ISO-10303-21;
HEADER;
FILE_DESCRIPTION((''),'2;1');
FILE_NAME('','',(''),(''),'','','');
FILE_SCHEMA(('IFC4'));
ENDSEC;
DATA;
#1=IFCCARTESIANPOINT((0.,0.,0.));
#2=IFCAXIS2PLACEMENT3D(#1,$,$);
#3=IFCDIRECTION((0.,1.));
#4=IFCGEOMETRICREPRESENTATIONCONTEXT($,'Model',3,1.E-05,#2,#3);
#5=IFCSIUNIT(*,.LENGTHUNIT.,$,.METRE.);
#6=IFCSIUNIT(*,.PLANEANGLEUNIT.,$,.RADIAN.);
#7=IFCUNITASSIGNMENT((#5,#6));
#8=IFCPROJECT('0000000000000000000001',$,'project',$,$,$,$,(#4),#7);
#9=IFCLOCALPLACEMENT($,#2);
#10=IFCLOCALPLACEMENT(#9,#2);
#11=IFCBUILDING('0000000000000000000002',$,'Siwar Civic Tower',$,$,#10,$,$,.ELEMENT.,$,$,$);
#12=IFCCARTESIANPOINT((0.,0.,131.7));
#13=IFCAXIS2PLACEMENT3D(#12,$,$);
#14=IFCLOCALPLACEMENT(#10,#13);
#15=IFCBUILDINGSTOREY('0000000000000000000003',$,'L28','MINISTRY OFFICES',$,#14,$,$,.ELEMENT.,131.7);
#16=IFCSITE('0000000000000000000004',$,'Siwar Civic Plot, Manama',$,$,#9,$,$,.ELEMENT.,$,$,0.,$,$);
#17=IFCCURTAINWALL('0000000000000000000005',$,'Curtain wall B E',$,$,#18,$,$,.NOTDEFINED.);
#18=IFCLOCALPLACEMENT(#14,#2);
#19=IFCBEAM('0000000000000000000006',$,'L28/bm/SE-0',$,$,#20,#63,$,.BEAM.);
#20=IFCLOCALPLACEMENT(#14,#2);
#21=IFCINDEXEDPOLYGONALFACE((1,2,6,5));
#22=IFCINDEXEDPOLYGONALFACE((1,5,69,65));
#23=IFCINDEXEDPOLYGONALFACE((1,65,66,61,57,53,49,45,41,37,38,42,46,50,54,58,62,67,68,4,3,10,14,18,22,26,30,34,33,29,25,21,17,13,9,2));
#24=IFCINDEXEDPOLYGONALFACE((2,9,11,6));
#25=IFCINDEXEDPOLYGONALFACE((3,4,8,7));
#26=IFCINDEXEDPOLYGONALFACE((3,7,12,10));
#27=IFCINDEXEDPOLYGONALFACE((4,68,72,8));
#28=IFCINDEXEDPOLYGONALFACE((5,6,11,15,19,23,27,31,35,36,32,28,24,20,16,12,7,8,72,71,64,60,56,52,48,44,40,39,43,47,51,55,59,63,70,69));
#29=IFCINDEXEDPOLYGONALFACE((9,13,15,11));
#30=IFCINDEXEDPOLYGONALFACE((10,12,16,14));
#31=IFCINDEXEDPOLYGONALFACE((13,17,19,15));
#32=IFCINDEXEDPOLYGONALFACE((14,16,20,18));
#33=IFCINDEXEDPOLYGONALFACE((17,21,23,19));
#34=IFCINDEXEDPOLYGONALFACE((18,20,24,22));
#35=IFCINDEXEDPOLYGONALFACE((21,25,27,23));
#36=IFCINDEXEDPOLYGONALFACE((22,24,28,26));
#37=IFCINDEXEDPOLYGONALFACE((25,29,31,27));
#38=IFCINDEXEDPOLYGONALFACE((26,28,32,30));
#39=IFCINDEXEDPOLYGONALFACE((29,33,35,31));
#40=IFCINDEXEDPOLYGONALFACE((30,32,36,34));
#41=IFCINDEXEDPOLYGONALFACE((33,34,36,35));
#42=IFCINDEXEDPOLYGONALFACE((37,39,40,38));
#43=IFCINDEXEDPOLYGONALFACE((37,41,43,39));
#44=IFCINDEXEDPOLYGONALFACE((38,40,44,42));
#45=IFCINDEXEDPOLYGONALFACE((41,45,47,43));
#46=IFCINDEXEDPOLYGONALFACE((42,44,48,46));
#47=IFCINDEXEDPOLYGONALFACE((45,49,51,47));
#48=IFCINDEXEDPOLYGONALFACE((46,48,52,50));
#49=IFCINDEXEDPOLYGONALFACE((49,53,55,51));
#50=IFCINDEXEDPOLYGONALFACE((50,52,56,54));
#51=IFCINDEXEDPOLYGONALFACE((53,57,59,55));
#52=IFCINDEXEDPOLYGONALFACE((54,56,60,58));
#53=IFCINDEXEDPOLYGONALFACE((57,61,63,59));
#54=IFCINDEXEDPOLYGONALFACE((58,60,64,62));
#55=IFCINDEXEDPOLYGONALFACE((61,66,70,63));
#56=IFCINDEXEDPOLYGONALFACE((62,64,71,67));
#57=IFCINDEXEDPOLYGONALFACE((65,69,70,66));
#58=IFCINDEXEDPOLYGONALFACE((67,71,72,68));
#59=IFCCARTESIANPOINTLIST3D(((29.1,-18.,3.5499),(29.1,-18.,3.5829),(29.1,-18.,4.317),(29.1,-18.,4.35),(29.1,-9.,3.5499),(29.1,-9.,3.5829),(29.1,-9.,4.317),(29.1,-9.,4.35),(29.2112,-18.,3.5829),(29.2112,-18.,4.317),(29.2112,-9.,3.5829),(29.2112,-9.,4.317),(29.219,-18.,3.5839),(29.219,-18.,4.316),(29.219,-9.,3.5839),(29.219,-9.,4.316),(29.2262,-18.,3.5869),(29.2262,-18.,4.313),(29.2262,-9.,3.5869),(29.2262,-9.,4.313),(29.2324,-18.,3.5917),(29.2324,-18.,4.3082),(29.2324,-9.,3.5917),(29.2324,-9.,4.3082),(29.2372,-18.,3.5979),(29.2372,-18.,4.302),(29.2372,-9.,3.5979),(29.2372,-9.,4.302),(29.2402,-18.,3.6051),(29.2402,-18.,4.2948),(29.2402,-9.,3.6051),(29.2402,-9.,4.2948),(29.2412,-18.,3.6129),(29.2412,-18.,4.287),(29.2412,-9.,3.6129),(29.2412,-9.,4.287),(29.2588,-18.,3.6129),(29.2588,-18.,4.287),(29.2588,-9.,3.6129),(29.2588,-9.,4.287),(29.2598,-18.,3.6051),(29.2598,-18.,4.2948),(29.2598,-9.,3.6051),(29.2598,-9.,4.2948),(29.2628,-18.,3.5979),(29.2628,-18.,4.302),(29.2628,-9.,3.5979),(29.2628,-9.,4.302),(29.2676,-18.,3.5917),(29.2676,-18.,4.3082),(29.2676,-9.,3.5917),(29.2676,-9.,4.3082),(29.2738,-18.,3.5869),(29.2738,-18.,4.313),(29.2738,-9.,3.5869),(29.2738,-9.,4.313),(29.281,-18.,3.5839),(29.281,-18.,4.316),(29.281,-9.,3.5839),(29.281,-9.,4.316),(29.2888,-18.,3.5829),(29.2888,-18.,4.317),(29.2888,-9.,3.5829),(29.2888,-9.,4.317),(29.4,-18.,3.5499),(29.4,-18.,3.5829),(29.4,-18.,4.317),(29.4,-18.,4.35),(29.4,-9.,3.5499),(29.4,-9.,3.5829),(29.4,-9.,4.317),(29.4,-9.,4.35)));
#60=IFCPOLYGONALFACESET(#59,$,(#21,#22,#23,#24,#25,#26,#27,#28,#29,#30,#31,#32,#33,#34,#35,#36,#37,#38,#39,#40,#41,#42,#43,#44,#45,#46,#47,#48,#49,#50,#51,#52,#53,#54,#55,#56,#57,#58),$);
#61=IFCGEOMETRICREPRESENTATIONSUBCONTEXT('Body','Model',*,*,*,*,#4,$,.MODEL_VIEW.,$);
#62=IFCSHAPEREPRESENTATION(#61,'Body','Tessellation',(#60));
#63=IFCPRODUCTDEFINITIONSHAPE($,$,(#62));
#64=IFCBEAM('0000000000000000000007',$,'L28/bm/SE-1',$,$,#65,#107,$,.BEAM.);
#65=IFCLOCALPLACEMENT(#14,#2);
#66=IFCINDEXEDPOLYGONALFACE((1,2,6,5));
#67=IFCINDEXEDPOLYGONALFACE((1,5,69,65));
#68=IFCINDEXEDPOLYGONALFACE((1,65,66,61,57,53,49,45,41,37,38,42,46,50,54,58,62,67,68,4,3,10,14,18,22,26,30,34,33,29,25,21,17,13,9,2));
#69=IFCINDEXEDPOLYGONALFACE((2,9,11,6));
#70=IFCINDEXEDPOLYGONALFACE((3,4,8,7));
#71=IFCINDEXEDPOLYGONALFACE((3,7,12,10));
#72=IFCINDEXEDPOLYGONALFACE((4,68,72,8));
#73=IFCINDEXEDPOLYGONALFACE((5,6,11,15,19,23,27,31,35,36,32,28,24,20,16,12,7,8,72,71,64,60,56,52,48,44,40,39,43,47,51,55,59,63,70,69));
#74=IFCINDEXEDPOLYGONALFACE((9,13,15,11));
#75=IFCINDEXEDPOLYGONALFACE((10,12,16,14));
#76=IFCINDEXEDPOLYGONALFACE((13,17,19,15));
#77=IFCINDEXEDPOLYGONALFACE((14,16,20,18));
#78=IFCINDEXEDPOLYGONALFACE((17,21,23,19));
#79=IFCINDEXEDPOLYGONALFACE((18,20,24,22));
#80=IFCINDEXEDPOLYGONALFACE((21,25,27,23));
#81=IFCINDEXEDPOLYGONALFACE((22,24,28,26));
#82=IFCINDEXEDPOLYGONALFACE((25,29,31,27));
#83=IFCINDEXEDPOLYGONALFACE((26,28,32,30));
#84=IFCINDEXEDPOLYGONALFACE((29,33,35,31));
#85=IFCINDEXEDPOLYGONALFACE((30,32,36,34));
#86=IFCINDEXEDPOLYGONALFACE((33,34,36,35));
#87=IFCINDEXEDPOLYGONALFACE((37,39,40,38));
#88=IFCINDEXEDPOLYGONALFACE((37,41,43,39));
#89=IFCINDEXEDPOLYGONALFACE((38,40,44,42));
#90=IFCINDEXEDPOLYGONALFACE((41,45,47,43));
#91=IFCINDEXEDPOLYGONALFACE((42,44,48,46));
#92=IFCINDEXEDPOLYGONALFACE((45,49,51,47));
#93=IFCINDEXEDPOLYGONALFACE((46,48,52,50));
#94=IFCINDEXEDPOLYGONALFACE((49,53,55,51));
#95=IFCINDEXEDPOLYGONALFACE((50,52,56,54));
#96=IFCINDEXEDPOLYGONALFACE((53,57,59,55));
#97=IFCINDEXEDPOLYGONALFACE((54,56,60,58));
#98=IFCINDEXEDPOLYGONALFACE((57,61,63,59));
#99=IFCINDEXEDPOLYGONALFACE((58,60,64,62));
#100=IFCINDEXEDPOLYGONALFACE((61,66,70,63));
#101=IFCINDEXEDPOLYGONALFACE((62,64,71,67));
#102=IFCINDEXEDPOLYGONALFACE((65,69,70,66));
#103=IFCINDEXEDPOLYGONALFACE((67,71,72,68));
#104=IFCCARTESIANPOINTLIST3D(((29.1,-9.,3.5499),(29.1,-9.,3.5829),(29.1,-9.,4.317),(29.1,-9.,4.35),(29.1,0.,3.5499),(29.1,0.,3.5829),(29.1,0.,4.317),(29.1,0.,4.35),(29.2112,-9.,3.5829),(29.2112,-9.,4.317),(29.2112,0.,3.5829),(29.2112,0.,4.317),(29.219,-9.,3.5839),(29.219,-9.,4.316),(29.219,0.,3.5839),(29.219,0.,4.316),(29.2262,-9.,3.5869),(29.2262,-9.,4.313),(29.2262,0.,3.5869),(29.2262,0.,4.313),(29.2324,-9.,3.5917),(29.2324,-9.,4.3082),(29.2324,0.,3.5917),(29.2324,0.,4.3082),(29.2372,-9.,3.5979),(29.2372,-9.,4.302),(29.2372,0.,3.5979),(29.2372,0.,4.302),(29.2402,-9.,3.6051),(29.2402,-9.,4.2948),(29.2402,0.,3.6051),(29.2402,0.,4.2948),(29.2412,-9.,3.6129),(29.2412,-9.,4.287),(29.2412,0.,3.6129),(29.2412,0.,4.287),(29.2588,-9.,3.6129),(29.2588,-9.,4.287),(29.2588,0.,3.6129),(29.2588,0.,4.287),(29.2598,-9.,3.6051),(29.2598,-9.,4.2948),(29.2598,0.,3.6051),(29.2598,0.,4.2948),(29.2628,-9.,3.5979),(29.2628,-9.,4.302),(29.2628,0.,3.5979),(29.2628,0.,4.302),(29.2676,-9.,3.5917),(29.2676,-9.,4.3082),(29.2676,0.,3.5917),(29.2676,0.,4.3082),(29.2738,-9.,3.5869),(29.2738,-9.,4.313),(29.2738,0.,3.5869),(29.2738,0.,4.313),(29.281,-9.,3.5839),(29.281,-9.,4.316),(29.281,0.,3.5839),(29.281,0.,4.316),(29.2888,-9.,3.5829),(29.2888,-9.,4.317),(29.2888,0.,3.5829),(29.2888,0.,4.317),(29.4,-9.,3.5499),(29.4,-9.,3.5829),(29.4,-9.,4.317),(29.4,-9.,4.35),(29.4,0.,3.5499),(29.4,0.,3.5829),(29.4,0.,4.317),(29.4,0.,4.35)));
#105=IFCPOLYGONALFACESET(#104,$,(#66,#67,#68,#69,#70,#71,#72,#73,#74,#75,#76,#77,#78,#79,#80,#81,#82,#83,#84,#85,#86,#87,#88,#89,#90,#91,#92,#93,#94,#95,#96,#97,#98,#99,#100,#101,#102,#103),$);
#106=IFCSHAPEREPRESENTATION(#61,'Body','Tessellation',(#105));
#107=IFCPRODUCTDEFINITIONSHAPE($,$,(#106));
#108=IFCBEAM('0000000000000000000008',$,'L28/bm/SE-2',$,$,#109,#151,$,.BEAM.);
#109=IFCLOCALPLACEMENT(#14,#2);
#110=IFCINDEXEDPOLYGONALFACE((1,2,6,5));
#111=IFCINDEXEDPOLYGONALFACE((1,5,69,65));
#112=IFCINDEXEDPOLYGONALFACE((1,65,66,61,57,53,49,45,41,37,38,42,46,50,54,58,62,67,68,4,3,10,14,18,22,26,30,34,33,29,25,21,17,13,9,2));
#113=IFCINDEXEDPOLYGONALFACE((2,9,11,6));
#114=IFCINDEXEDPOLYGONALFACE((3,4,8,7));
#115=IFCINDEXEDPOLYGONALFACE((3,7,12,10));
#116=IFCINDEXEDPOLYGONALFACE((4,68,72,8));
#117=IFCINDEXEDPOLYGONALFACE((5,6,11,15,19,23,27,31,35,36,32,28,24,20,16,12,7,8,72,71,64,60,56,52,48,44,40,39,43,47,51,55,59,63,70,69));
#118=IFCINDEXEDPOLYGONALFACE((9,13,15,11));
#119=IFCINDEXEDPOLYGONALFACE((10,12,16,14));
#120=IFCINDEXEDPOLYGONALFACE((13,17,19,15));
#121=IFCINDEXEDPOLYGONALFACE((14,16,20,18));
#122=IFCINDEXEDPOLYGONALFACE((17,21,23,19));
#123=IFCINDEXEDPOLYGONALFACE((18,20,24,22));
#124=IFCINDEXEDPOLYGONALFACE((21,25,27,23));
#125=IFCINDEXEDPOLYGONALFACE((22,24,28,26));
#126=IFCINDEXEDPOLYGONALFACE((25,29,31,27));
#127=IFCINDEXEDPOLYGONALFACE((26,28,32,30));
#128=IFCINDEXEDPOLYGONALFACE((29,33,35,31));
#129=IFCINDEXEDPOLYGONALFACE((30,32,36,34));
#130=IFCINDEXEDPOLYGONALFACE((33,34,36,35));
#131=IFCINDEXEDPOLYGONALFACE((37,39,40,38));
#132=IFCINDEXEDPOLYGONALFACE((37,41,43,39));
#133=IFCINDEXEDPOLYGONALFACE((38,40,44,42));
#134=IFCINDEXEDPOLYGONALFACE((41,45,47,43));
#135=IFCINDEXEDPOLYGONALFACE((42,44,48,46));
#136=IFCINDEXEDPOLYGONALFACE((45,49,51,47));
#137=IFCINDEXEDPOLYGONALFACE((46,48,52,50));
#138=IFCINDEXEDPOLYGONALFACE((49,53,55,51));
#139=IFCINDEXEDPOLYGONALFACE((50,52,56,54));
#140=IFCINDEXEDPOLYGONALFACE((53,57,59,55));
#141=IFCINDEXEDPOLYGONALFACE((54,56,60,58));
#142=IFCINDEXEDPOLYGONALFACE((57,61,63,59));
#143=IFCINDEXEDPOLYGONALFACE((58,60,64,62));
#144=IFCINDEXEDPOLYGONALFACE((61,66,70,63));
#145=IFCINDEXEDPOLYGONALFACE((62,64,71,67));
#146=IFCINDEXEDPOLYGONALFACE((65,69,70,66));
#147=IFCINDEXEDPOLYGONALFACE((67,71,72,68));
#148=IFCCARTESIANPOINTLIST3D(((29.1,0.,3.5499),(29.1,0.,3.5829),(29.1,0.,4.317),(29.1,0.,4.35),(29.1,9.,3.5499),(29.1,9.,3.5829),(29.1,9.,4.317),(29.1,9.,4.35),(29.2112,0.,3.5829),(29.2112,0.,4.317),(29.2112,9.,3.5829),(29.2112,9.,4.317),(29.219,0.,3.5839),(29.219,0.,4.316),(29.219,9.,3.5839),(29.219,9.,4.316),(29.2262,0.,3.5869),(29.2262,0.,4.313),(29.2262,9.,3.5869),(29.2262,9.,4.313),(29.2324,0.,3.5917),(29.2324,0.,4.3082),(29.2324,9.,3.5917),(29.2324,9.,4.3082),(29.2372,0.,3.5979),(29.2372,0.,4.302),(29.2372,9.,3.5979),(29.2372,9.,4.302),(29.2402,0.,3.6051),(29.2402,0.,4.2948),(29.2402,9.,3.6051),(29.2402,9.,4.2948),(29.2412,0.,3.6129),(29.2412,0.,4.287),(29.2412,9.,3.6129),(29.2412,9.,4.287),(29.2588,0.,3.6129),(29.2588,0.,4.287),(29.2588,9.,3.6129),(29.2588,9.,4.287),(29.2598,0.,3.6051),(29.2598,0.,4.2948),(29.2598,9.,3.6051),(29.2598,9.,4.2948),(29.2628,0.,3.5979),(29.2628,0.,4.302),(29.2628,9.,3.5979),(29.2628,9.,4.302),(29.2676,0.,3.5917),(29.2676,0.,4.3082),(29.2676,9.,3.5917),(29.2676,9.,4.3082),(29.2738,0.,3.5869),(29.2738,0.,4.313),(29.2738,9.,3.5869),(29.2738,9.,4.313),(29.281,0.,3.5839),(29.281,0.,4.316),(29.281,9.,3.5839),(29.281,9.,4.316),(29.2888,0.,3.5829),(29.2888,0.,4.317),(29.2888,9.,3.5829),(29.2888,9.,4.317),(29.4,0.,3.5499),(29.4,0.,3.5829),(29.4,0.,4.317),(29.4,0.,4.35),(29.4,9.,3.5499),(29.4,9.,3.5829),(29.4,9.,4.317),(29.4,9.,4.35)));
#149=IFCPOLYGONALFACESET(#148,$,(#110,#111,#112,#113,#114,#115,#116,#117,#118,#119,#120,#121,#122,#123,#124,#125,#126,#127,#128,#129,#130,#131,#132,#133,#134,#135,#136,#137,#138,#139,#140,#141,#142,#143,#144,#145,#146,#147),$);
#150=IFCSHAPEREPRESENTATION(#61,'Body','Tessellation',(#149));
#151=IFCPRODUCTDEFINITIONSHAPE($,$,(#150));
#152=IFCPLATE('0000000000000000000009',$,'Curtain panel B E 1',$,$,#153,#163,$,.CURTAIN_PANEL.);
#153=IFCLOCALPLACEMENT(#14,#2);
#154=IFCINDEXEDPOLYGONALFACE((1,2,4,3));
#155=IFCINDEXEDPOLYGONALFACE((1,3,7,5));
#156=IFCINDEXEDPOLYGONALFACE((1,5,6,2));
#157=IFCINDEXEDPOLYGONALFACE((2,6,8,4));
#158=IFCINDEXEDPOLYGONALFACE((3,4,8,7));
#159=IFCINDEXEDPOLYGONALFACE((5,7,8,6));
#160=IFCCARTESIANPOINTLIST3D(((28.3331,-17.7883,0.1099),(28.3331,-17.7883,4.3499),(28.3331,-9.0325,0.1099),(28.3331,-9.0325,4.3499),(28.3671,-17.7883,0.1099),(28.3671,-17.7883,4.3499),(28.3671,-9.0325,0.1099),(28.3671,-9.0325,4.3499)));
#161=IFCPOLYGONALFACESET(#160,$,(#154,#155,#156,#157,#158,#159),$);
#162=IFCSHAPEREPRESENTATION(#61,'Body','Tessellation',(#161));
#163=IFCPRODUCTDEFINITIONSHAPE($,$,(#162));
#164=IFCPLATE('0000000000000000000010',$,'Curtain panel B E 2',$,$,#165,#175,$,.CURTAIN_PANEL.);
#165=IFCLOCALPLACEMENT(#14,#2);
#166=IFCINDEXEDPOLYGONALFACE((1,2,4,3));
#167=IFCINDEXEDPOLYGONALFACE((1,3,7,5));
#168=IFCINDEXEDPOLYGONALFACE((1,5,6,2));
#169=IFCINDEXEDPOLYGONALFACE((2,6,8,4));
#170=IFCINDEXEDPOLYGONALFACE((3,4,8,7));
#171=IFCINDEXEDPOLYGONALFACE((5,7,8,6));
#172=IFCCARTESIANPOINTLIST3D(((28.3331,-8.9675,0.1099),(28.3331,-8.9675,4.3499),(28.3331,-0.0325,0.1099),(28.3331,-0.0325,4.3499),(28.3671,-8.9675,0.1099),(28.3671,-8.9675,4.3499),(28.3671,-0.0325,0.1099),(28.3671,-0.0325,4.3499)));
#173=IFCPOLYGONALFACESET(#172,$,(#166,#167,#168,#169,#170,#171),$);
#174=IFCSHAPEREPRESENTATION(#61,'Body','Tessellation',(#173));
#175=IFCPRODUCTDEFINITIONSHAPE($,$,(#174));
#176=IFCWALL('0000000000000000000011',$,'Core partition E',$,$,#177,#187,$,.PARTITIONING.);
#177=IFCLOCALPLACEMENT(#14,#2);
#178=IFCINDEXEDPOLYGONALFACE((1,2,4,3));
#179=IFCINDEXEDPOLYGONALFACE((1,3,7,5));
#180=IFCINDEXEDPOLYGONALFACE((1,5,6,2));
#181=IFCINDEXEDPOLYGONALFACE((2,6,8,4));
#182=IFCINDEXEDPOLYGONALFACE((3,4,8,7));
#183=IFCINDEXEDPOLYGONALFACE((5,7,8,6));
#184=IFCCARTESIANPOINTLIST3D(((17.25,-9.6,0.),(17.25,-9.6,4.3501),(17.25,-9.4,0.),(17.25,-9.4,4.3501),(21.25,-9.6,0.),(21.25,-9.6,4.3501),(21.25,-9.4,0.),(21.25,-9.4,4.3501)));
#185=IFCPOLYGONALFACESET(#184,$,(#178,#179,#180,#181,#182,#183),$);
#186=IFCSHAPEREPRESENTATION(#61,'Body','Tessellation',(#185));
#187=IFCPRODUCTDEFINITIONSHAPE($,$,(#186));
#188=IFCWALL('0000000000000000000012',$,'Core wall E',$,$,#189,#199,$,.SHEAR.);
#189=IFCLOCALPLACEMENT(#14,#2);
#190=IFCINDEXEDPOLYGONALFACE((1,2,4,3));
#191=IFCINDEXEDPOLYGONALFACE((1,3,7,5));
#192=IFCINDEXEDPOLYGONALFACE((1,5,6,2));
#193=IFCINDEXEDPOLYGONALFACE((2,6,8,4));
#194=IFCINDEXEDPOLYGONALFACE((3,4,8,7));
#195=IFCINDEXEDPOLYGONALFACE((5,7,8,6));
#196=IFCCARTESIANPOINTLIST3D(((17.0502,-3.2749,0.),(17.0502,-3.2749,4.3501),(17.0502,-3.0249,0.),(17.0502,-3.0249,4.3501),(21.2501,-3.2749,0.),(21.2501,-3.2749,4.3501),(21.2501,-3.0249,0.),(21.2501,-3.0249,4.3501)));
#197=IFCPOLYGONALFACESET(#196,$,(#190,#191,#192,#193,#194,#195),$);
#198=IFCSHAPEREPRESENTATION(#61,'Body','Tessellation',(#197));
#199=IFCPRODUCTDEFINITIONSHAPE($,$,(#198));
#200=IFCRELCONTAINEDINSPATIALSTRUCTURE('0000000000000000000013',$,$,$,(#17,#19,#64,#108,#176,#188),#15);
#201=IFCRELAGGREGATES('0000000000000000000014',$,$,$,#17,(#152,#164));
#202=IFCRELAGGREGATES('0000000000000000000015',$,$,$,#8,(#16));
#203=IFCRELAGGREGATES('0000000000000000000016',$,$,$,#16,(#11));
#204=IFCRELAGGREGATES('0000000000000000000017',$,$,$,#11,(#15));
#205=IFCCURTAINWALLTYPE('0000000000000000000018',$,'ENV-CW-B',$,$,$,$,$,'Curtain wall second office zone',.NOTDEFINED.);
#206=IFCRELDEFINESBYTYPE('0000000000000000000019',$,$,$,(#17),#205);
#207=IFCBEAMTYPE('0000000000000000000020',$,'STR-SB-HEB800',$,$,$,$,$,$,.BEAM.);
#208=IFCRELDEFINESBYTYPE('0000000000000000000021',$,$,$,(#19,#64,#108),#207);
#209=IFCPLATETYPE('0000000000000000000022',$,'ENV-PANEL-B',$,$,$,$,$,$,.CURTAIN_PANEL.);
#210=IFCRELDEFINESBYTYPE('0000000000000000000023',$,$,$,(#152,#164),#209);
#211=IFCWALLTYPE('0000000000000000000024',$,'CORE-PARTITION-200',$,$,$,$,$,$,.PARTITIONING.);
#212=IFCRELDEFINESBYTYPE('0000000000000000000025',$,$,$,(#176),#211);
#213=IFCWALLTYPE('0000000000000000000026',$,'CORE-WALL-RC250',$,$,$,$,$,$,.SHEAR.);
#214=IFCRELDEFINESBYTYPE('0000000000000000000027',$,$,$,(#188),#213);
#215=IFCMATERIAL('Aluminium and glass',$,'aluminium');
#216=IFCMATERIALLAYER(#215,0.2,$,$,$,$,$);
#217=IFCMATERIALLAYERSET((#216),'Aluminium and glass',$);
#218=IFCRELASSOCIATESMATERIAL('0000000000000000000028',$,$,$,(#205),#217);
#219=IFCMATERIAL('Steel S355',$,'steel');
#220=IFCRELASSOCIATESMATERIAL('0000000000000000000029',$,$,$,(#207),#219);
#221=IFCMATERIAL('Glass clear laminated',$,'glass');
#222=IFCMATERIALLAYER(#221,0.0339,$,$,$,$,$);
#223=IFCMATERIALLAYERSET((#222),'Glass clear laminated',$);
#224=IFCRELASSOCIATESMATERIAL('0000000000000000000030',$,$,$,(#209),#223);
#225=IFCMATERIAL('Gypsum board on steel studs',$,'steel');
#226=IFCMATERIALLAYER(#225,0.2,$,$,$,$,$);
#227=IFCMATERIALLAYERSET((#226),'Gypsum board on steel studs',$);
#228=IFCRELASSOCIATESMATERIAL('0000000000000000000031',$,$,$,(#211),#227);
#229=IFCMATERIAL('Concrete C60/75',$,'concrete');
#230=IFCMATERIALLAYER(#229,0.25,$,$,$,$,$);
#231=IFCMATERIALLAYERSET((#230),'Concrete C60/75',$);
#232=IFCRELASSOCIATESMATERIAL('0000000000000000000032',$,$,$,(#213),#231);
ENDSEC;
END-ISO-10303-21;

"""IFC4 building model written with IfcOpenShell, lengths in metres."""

from ifc_helpers import new_model, si_unit, direction, frame, frame_2d, origin, origin_2d, place, context, subcontext, project, spatial, rectangle, i_section, extrude, material, layer, layer_set, material_profile, profile_set, type_object, element, aggregate, save


model = new_model("IFC4")

# Units and contexts
model_context = context("Model", 3, precision=1e-05, world=origin(), true_north=direction((0.0, 1.0)))
body_context = subcontext(model_context, "Body", "Model", "MODEL_VIEW")
ifc_project = project(units=[si_unit("LENGTHUNIT", "METRE"), si_unit("PLANEANGLEUNIT", "RADIAN")], contexts=[model_context])

# Site, building, storey
site_placement = place(None, origin())
site = spatial("IfcSite", under=ifc_project, at=site_placement, Name="Siwar Civic Plot, Manama", CompositionType="ELEMENT", RefElevation=0.0)
building_placement = place(site_placement, origin())
building = spatial("IfcBuilding", under=site, at=building_placement, Name="Siwar Civic Tower", CompositionType="ELEMENT")
storey_placement = place(building_placement, frame((0.0, 0.0, 131.7)))
storey = spatial("IfcBuildingStorey", under=building, at=storey_placement, Name="L28", Description="MINISTRY OFFICES", CompositionType="ELEMENT", Elevation=131.7)

# Curtain wall
ifc_material_1 = material(Name="Aluminium and glass", Category="aluminium")
ifc_layer_1 = layer(ifc_material_1, 0.2)
ifc_layer_set_1 = layer_set([ifc_layer_1], Name="Aluminium and glass")
curtain_wall_type = type_object("IfcCurtainWallType", Name="ENV-CW-B", ElementType="Curtain wall second office zone", PredefinedType="NOTDEFINED", material=ifc_layer_set_1)
curtain_wall_placement = place(storey_placement, origin())
curtain_wall = element("IfcCurtainWall", 1, at=curtain_wall_placement, inside=storey, type_object=curtain_wall_type, Name="Curtain wall B E", PredefinedType="NOTDEFINED")

# Beams
ifc_material_2 = material(Name="Steel S355", Category="steel")
ifc_material_profile_1 = material_profile(ifc_material_2, i_section(OverallWidth=0.3, OverallDepth=0.8, WebThickness=0.0176, FlangeThickness=0.033, FilletRadius=0.03, at=origin_2d()), Name="HEB800")
ifc_profile_set_1 = profile_set([ifc_material_profile_1], Name="Steel S355")
beam_type_1 = type_object("IfcBeamType", Name="STR-SB-HEB800", PredefinedType="BEAM", material=ifc_profile_set_1)
for number, where, z_axis, x_axis, name in (
    (2, (29.25, -18.0, 3.95), (0.0, 1.0, 0.0), (-1.0, 0.0, 0.0), "L28/bm/SE-0"),
    (3, (29.25, -9.0, 3.95), (0.0, 1.0, 0.0), (-1.0, 0.0, 0.0), "L28/bm/SE-1"),
    (4, (29.25, 0.0, 3.95), (0.0, 1.0, 0.0), (-1.0, 0.0, 0.0), "L28/bm/SE-2"),
):
    element("IfcBeam", number, at=place(storey_placement, frame(where, z_axis=z_axis, x_axis=x_axis)), inside=storey, type_object=beam_type_1, Name=name, PredefinedType="BEAM", context=body_context, shape_type="SweptSolid", body=[
        extrude(i_section(OverallWidth=0.3, OverallDepth=0.8, WebThickness=0.0176, FlangeThickness=0.033, FilletRadius=0.03, at=origin_2d()), origin(), (0.0, 0.0, 1.0), 9.0),
    ])

# Plates
ifc_material_3 = material(Name="Glass clear laminated", Category="glass")
ifc_layer_2 = layer(ifc_material_3, 0.0339)
ifc_layer_set_2 = layer_set([ifc_layer_2], Name="Glass clear laminated")
plate_type = type_object("IfcPlateType", Name="ENV-PANEL-B", PredefinedType="CURTAIN_PANEL", material=ifc_layer_set_2)
plate_1_placement = place(storey_placement, frame((28.3501, -13.4104, 0.1099), z_axis=(0.0, 0.0, 1.0), x_axis=(0.0, 1.0, 0.0)))
plate_1 = element("IfcPlate", 5, at=plate_1_placement, type_object=plate_type, Name="Curtain panel B E 1", PredefinedType="CURTAIN_PANEL", context=body_context, shape_type="SweptSolid", body=[
    extrude(rectangle(XDim=8.7559, YDim=0.0339, at=origin_2d()), origin(), (0.0, 0.0, 1.0), 4.24),
])
plate_2_placement = place(storey_placement, frame((28.3501, -4.5, 0.1099), z_axis=(0.0, 0.0, 1.0), x_axis=(0.0, 1.0, 0.0)))
plate_2 = element("IfcPlate", 6, at=plate_2_placement, type_object=plate_type, Name="Curtain panel B E 2", PredefinedType="CURTAIN_PANEL", context=body_context, shape_type="SweptSolid", body=[
    extrude(rectangle(XDim=8.9351, YDim=0.0339, at=origin_2d()), origin(), (0.0, 0.0, 1.0), 4.24),
])
aggregate(curtain_wall, [plate_1, plate_2])

# Walls
ifc_material_4 = material(Name="Gypsum board on steel studs", Category="steel")
ifc_layer_3 = layer(ifc_material_4, 0.2)
ifc_layer_set_3 = layer_set([ifc_layer_3], Name="Gypsum board on steel studs")
wall_type_1 = type_object("IfcWallType", Name="CORE-PARTITION-200", PredefinedType="PARTITIONING", material=ifc_layer_set_3)
wall_1_placement = place(storey_placement, frame((17.25, -9.5, 0.0), z_axis=(0.0, 0.0, 1.0), x_axis=(1.0, 0.0, 0.0)))
element("IfcWall", 7, at=wall_1_placement, inside=storey, type_object=wall_type_1, Name="Core partition E", PredefinedType="PARTITIONING", context=body_context, shape_type="SweptSolid", body=[
    extrude(rectangle(XDim=4.0, YDim=0.2, at=frame_2d((2.0, 0.0))), origin(), (0.0, 0.0, 1.0), 4.3501),
])
ifc_material_5 = material(Name="Concrete C60/75", Category="concrete")
ifc_layer_4 = layer(ifc_material_5, 0.25)
ifc_layer_set_4 = layer_set([ifc_layer_4], Name="Concrete C60/75")
wall_type_2 = type_object("IfcWallType", Name="CORE-WALL-RC250", PredefinedType="SHEAR", material=ifc_layer_set_4)
wall_2_placement = place(storey_placement, frame((17.05, -3.1499, 0.0), z_axis=(0.0, 0.0, 1.0), x_axis=(1.0, 0.0, 0.0)))
element("IfcWall", 8, at=wall_2_placement, inside=storey, type_object=wall_type_2, Name="Core wall E", PredefinedType="SHEAR", context=body_context, shape_type="SweptSolid", body=[
    extrude(rectangle(XDim=4.2, YDim=0.25, at=frame_2d((2.1001, 0.0))), origin(), (0.0, 0.0, 1.0), 4.3501),
])

save(model, "model.ifc")
